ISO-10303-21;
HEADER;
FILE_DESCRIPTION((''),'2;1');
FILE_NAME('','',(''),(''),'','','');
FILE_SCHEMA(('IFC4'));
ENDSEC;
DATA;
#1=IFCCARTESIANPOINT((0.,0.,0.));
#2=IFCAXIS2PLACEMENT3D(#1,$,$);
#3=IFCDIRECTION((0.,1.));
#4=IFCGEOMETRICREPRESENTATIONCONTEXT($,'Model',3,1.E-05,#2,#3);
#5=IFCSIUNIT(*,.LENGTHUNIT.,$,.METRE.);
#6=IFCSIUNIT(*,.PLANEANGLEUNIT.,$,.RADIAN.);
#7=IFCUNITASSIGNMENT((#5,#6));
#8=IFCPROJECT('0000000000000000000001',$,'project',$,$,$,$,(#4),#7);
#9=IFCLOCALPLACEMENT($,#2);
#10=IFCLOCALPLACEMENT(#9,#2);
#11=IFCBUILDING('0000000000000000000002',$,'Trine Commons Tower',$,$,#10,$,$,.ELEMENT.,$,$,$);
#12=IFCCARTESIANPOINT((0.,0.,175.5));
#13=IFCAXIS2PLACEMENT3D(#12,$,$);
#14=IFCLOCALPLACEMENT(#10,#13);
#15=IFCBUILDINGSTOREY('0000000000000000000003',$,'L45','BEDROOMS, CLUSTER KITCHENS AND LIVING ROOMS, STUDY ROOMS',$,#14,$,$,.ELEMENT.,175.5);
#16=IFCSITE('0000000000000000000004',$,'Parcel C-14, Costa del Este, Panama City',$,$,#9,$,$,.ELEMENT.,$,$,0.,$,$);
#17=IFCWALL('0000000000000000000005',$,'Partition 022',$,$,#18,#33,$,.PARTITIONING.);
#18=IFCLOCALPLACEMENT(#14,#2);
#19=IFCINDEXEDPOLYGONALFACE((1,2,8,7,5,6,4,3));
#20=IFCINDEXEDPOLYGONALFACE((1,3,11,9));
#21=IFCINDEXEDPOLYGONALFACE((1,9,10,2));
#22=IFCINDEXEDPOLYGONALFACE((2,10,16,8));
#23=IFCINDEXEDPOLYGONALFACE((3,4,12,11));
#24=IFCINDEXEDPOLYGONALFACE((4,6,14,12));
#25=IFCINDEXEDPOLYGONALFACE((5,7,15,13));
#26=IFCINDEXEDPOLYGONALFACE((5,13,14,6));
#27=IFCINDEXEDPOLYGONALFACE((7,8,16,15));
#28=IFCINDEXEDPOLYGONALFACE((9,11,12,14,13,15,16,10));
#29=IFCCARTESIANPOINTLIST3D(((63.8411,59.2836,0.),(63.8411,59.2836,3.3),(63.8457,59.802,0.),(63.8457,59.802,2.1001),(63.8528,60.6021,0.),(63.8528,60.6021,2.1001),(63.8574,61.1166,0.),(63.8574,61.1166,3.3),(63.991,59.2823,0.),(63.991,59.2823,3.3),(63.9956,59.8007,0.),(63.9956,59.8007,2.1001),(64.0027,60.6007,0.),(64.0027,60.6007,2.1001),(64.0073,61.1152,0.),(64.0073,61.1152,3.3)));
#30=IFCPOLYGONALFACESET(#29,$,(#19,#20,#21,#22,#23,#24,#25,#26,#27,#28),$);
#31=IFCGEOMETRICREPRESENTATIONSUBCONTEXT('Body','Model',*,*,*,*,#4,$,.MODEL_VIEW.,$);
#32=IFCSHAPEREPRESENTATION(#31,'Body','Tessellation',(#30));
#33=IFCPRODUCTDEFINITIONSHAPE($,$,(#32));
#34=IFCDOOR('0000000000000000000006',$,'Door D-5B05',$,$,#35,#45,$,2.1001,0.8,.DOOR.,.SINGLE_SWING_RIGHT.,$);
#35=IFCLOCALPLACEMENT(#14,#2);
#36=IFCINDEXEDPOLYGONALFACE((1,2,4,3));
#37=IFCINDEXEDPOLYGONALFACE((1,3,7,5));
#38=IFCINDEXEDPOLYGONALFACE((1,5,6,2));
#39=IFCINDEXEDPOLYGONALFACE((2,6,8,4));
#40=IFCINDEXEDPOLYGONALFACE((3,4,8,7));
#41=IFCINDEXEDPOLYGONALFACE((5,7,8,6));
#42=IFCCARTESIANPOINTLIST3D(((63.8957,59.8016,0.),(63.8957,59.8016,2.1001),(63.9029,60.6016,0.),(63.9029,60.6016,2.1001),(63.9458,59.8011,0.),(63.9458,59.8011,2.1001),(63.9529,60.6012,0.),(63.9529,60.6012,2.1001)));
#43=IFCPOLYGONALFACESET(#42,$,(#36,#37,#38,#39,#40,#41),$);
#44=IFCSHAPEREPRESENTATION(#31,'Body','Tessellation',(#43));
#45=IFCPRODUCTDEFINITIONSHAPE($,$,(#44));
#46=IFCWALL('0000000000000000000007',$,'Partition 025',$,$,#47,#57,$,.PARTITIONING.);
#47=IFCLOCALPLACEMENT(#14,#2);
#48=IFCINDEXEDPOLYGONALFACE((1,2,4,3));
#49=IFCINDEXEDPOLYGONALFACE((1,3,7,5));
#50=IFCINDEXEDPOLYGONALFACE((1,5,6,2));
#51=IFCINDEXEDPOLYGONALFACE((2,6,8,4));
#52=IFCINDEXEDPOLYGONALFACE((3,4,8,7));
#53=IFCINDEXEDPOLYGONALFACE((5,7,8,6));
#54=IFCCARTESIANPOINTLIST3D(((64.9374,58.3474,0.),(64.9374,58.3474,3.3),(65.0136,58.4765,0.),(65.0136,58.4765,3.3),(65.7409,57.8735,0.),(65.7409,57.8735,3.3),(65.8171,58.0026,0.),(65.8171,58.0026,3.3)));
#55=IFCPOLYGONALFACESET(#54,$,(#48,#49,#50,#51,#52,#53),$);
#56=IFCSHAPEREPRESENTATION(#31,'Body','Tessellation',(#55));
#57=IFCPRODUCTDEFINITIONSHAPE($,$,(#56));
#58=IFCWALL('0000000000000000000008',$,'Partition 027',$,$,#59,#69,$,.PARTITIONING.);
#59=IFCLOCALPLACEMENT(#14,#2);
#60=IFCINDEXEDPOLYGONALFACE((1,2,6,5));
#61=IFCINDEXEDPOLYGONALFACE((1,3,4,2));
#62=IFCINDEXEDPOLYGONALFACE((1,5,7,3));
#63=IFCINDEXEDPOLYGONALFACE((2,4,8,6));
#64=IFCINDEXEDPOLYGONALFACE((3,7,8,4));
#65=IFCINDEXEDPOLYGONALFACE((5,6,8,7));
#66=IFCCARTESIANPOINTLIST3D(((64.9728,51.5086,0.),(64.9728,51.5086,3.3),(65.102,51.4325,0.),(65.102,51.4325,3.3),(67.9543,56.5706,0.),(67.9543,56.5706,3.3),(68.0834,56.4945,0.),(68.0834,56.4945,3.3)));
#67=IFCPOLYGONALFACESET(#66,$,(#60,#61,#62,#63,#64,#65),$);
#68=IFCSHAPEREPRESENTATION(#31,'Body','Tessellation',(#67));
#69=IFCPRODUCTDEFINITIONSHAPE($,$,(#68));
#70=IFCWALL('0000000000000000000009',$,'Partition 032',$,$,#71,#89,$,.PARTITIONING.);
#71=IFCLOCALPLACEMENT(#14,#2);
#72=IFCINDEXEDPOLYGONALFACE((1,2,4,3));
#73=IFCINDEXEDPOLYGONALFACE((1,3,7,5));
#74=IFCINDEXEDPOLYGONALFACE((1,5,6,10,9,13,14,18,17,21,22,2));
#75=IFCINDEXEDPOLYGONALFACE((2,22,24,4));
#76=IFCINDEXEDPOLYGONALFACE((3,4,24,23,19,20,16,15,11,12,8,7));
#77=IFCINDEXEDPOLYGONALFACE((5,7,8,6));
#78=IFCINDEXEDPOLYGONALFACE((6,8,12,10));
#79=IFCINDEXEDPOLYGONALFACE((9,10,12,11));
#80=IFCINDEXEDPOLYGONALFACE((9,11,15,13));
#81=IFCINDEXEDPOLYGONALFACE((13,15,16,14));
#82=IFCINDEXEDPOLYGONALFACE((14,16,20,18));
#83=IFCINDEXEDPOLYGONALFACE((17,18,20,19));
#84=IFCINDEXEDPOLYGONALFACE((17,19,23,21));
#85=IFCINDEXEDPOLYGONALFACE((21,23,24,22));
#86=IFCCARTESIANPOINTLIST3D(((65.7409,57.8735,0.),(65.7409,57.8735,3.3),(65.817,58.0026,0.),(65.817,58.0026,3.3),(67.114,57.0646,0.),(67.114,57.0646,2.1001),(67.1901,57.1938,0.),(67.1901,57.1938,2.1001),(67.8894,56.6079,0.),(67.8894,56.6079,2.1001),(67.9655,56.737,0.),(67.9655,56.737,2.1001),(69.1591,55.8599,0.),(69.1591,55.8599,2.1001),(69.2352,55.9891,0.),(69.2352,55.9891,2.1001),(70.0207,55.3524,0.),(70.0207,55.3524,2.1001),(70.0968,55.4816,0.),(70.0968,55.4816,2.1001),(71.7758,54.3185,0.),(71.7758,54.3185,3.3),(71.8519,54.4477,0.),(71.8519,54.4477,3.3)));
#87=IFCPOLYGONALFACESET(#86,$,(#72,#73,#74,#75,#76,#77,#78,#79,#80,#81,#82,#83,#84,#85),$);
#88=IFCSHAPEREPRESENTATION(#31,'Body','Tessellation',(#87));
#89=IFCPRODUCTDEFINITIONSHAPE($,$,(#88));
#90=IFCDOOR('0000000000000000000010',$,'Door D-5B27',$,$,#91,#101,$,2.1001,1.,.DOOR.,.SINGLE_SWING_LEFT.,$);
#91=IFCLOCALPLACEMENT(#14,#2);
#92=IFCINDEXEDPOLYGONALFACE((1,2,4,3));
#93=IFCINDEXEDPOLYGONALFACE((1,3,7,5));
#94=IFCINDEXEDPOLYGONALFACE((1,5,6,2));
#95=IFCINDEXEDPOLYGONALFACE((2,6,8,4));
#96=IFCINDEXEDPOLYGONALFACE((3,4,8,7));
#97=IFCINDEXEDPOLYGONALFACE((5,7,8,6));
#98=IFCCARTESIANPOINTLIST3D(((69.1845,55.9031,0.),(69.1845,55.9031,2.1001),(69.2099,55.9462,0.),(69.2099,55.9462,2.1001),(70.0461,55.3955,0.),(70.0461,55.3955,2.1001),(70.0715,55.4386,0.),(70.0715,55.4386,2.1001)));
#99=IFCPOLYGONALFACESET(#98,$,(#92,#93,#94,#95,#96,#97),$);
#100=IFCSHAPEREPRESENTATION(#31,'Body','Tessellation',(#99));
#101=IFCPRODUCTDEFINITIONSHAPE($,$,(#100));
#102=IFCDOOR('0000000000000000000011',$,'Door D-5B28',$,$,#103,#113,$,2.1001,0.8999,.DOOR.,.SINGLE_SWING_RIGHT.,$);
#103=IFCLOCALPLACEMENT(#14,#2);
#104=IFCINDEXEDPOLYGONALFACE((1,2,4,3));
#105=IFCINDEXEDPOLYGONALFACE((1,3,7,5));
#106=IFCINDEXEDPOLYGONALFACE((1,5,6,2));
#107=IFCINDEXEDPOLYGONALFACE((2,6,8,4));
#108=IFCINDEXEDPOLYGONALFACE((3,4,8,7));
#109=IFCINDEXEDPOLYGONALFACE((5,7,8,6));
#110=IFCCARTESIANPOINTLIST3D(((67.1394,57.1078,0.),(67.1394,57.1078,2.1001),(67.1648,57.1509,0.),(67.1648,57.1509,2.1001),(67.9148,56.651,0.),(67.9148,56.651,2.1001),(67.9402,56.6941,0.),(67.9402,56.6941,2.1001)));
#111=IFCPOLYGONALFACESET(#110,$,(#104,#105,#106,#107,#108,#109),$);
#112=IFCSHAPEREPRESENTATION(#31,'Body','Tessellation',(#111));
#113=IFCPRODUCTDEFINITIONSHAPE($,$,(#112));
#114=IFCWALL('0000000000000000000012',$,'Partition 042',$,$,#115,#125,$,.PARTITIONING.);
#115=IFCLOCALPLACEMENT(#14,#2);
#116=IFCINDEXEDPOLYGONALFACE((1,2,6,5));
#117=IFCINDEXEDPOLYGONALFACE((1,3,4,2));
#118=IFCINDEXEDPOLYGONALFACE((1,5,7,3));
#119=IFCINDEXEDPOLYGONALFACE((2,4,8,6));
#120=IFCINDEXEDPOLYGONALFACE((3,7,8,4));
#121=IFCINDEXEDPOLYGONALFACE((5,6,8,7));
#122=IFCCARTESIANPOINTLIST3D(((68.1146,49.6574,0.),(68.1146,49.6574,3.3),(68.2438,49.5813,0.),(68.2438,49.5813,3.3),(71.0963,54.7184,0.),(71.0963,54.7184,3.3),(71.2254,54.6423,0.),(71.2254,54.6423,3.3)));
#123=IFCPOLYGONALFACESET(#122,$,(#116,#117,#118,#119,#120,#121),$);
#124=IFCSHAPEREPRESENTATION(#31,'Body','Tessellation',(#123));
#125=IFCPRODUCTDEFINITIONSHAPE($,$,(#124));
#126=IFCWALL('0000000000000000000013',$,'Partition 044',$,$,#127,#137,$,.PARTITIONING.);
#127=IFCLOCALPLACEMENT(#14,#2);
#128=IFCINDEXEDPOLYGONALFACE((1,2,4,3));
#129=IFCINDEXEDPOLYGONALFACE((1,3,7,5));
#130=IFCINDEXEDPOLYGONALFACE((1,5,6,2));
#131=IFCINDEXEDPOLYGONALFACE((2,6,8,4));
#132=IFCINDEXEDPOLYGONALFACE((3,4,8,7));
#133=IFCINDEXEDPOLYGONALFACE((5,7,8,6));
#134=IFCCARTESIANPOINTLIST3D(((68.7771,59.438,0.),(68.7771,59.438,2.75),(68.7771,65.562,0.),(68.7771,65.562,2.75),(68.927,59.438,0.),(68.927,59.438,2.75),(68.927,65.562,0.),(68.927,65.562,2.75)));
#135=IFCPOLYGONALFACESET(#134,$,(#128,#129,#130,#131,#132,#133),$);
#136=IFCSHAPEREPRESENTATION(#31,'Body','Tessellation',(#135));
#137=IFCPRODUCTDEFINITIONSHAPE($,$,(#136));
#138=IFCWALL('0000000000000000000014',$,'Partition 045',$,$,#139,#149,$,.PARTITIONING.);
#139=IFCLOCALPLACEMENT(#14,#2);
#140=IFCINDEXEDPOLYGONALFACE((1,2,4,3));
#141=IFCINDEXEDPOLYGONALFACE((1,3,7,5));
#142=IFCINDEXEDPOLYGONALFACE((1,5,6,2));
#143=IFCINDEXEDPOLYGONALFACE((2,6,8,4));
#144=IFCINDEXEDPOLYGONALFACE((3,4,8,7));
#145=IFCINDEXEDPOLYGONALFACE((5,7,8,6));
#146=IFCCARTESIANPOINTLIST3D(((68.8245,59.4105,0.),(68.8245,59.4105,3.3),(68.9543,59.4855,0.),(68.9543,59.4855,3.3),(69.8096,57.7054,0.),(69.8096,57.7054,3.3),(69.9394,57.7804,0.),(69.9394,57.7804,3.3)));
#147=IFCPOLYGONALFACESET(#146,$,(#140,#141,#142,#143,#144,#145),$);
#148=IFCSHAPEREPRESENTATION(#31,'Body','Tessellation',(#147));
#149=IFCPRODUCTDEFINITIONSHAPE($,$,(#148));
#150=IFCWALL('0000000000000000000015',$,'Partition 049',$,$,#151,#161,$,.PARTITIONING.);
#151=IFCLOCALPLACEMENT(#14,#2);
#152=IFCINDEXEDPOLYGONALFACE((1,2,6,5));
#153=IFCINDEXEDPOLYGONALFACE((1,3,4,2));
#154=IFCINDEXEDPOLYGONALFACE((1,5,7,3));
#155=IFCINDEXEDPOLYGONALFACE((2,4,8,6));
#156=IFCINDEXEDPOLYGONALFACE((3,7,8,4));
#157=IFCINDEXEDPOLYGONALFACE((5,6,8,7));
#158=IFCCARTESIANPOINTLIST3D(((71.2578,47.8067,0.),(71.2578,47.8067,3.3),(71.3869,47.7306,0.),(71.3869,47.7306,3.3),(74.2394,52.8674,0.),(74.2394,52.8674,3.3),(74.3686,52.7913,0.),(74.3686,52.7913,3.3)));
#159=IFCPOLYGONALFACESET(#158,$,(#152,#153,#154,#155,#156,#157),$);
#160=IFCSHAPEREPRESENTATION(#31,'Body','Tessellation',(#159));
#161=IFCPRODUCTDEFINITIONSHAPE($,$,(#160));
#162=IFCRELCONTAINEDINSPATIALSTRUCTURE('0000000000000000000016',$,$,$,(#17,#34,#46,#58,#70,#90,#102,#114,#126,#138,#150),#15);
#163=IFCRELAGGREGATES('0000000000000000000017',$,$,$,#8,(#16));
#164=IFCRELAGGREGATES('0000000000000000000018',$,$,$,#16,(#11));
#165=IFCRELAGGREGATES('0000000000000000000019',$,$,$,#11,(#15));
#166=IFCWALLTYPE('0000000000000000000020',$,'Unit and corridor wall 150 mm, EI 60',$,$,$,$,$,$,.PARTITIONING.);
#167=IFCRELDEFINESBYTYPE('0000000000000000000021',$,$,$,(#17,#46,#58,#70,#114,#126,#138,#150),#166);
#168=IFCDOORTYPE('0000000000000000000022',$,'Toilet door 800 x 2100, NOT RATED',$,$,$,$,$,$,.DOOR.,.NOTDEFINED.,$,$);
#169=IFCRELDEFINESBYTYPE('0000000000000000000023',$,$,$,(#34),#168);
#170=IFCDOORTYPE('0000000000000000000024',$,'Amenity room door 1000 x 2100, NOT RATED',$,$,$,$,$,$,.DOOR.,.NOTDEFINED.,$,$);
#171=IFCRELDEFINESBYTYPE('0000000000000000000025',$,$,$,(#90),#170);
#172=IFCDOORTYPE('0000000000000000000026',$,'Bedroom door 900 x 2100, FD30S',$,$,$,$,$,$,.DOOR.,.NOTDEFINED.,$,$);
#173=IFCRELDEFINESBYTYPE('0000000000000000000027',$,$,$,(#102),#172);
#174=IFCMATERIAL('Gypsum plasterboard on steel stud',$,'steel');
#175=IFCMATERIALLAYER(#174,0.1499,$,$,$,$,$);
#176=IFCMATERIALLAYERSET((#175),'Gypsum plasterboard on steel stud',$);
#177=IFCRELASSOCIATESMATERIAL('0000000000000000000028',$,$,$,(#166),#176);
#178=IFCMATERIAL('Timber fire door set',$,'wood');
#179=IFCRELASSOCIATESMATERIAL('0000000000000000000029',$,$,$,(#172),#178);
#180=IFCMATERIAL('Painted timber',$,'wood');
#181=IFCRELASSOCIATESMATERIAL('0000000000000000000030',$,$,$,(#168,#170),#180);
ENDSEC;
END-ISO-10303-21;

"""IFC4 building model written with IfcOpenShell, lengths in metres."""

from ifc_helpers import new_model, si_unit, direction, frame, frame_2d, origin, place, context, subcontext, project, spatial, rectangle, extrude, material, layer, layer_set, type_object, element, fill, save


model = new_model("IFC4")

# Units and contexts
model_context = context("Model", 3, precision=1e-05, world=origin(), true_north=direction((0.0, 1.0)))
body_context = subcontext(model_context, "Body", "Model", "MODEL_VIEW")
ifc_project = project(units=[si_unit("LENGTHUNIT", "METRE"), si_unit("PLANEANGLEUNIT", "RADIAN")], contexts=[model_context])

# Site, building, storey
site_placement = place(None, origin())
site = spatial("IfcSite", under=ifc_project, at=site_placement, Name="Parcel C-14, Costa del Este, Panama City", CompositionType="ELEMENT", RefElevation=0.0)
building_placement = place(site_placement, origin())
building = spatial("IfcBuilding", under=site, at=building_placement, Name="Trine Commons Tower", CompositionType="ELEMENT")
storey_placement = place(building_placement, frame((0.0, 0.0, 175.5)))
storey = spatial("IfcBuildingStorey", under=building, at=storey_placement, Name="L45", Description="BEDROOMS, CLUSTER KITCHENS AND LIVING ROOMS, STUDY ROOMS", CompositionType="ELEMENT", Elevation=175.5)

# Shared definitions
ifc_material_1 = material(Name="Gypsum plasterboard on steel stud", Category="steel")
ifc_layer_1 = layer(ifc_material_1, 0.1499)
ifc_layer_set_1 = layer_set([ifc_layer_1], Name="Gypsum plasterboard on steel stud")
wall_type_1 = type_object("IfcWallType", Name="Unit and corridor wall 150 mm, EI 60", PredefinedType="PARTITIONING", material=ifc_layer_set_1)
ifc_material_2 = material(Name="Timber fire door set", Category="wood")
door_type_1 = type_object("IfcDoorType", Name="Bedroom door 900 x 2100, FD30S", OperationType="NOTDEFINED", PredefinedType="DOOR", material=ifc_material_2)

# Wall, opening, door
wall_1_placement = place(storey_placement, frame((63.916, 59.283, 0.0), z_axis=(0.0, 0.0, 1.0), x_axis=(0.008923, 0.99996, 0.0)))
wall_1 = element("IfcWall", 1, at=wall_1_placement, inside=storey, type_object=wall_type_1, Name="Partition 022", PredefinedType="PARTITIONING", context=body_context, shape_type="SweptSolid", body=[
    extrude(rectangle(XDim=1.833, YDim=0.1499, at=frame_2d((0.9165, 0.0))), origin(), (0.0, 0.0, 1.0), 3.3),
])
opening_1_placement = place(wall_1_placement, frame((0.5186, 0.0, 0.0)))
opening_1 = element("IfcOpeningElement", 2, at=opening_1_placement, cuts=wall_1, PredefinedType="OPENING", context=body_context, shape_type="SweptSolid", body=[
    extrude(rectangle(XDim=0.8, YDim=2.1001, at=frame_2d((0.3999, 1.05))), frame((0.0, 0.085, 0.0), z_axis=(0.0, -1.0, 0.0), x_axis=(1.0, 0.0, 0.0)), (0.0, 0.0, 1.0), 0.1699),
])
ifc_material_3 = material(Name="Painted timber", Category="wood")
door_type_2 = type_object("IfcDoorType", Name="Toilet door 800 x 2100, NOT RATED", OperationType="NOTDEFINED", PredefinedType="DOOR", material=ifc_material_3)
door_1_placement = place(opening_1_placement, origin())
door_1 = element("IfcDoor", 3, at=door_1_placement, inside=storey, type_object=door_type_2, Name="Door D-5B05", OperationType="SINGLE_SWING_RIGHT", OverallHeight=2.1001, OverallWidth=0.8, PredefinedType="DOOR", context=body_context, shape_type="SweptSolid", body=[
    extrude(rectangle(XDim=0.8, YDim=2.1001, at=frame_2d((0.3999, 1.05))), frame((0.0, 0.0249, 0.0), z_axis=(0.0, -1.0, 0.0), x_axis=(1.0, 0.0, 0.0)), (0.0, 0.0, 1.0), 0.05),
])
fill(opening_1, door_1)

# Walls
wall_2_placement = place(storey_placement, frame((64.9756, 58.4119, 0.0), z_axis=(0.0, 0.0, 1.0), x_axis=(0.861348, -0.508015, 0.0)))
element("IfcWall", 4, at=wall_2_placement, inside=storey, type_object=wall_type_1, Name="Partition 025", PredefinedType="PARTITIONING", context=body_context, shape_type="SweptSolid", body=[
    extrude(rectangle(XDim=0.9329, YDim=0.1499, at=frame_2d((0.4663, 0.0))), origin(), (0.0, 0.0, 1.0), 3.3),
])
wall_3_placement = place(storey_placement, frame((65.0374, 51.4705, 0.0), z_axis=(0.0, 0.0, 1.0), x_axis=(0.5075, 0.861652, 0.0)))
element("IfcWall", 5, at=wall_3_placement, inside=storey, type_object=wall_type_1, Name="Partition 027", PredefinedType="PARTITIONING", context=body_context, shape_type="SweptSolid", body=[
    extrude(rectangle(XDim=5.8748, YDim=0.1499, at=frame_2d((2.9375, 0.0))), origin(), (0.0, 0.0, 1.0), 3.3),
])

# Wall, openings, doors
wall_4_placement = place(storey_placement, frame((65.7791, 57.938, 0.0), z_axis=(0.0, 0.0, 1.0), x_axis=(0.861623, -0.507549, 0.0)))
wall_4 = element("IfcWall", 6, at=wall_4_placement, inside=storey, type_object=wall_type_1, Name="Partition 032", PredefinedType="PARTITIONING", context=body_context, shape_type="SweptSolid", body=[
    extrude(rectangle(XDim=7.0042, YDim=0.1499, at=frame_2d((3.502, 0.0))), origin(), (0.0, 0.0, 1.0), 3.3),
])
opening_2_placement = place(wall_4_placement, frame((3.967, 0.0, 0.0)))
opening_2 = element("IfcOpeningElement", 7, at=opening_2_placement, cuts=wall_4, PredefinedType="OPENING", context=body_context, shape_type="SweptSolid", body=[
    extrude(rectangle(XDim=1.0, YDim=2.1001, at=frame_2d((0.5, 1.05))), frame((0.0, 0.085, 0.0), z_axis=(0.0, -1.0, 0.0), x_axis=(1.0, 0.0, 0.0)), (0.0, 0.0, 1.0), 0.1699),
])
opening_3_placement = place(wall_4_placement, frame((1.5935, 0.0, 0.0)))
opening_3 = element("IfcOpeningElement", 8, at=opening_3_placement, cuts=wall_4, PredefinedType="OPENING", context=body_context, shape_type="SweptSolid", body=[
    extrude(rectangle(XDim=0.8999, YDim=2.1001, at=frame_2d((0.45, 1.05))), frame((0.0, 0.085, 0.0), z_axis=(0.0, -1.0, 0.0), x_axis=(1.0, 0.0, 0.0)), (0.0, 0.0, 1.0), 0.1699),
])
door_type_3 = type_object("IfcDoorType", Name="Amenity room door 1000 x 2100, NOT RATED", OperationType="NOTDEFINED", PredefinedType="DOOR", material=ifc_material_3)
door_2_placement = place(opening_2_placement, frame((1.0, 0.0, 0.0), z_axis=(0.0, 0.0, 1.0), x_axis=(-1.0, 0.0, 0.0)))
door_2 = element("IfcDoor", 9, at=door_2_placement, inside=storey, type_object=door_type_3, Name="Door D-5B27", OperationType="SINGLE_SWING_LEFT", OverallHeight=2.1001, OverallWidth=1.0, PredefinedType="DOOR", context=body_context, shape_type="SweptSolid", body=[
    extrude(rectangle(XDim=1.0, YDim=2.1001, at=frame_2d((0.5, 1.05))), frame((0.0, 0.0249, 0.0), z_axis=(0.0, -1.0, 0.0), x_axis=(1.0, 0.0, 0.0)), (0.0, 0.0, 1.0), 0.05),
])
fill(opening_2, door_2)
door_3_placement = place(opening_3_placement, frame((0.8999, 0.0, 0.0), z_axis=(0.0, 0.0, 1.0), x_axis=(-1.0, 0.0, 0.0)))
door_3 = element("IfcDoor", 10, at=door_3_placement, inside=storey, type_object=door_type_1, Name="Door D-5B28", OperationType="SINGLE_SWING_RIGHT", OverallHeight=2.1001, OverallWidth=0.8999, PredefinedType="DOOR", context=body_context, shape_type="SweptSolid", body=[
    extrude(rectangle(XDim=0.8999, YDim=2.1001, at=frame_2d((0.45, 1.05))), frame((0.0, 0.0249, 0.0), z_axis=(0.0, -1.0, 0.0), x_axis=(1.0, 0.0, 0.0)), (0.0, 0.0, 1.0), 0.05),
])
fill(opening_3, door_3)

# Walls
wall_5_placement = place(storey_placement, frame((68.1792, 49.6194, 0.0), z_axis=(0.0, 0.0, 1.0), x_axis=(0.507603, 0.861591, 0.0)))
element("IfcWall", 11, at=wall_5_placement, inside=storey, type_object=wall_type_1, Name="Partition 042", PredefinedType="PARTITIONING", context=body_context, shape_type="SweptSolid", body=[
    extrude(rectangle(XDim=5.874, YDim=0.1499, at=frame_2d((2.937, 0.0))), origin(), (0.0, 0.0, 1.0), 3.3),
])
wall_6_placement = place(storey_placement, frame((68.8521, 59.438, 0.0), z_axis=(0.0, 0.0, 1.0), x_axis=(0.0, 1.0, 0.0)))
element("IfcWall", 12, at=wall_6_placement, inside=storey, type_object=wall_type_1, Name="Partition 044", PredefinedType="PARTITIONING", context=body_context, shape_type="SweptSolid", body=[
    extrude(rectangle(XDim=6.124, YDim=0.1499, at=frame_2d((3.062, 0.0))), origin(), (0.0, 0.0, 1.0), 2.75),
])
wall_7_placement = place(storey_placement, frame((68.8894, 59.448, 0.0), z_axis=(0.0, 0.0, 1.0), x_axis=(0.500259, -0.865876, 0.0)))
element("IfcWall", 13, at=wall_7_placement, inside=storey, type_object=wall_type_1, Name="Partition 045", PredefinedType="PARTITIONING", context=body_context, shape_type="SweptSolid", body=[
    extrude(rectangle(XDim=1.9692, YDim=0.1499, at=frame_2d((0.9846, 0.0))), origin(), (0.0, 0.0, 1.0), 3.3),
])
wall_8_placement = place(storey_placement, frame((71.3223, 47.7686, 0.0), z_axis=(0.0, 0.0, 1.0), x_axis=(0.507621, 0.86158, 0.0)))
element("IfcWall", 14, at=wall_8_placement, inside=storey, type_object=wall_type_1, Name="Partition 049", PredefinedType="PARTITIONING", context=body_context, shape_type="SweptSolid", body=[
    extrude(rectangle(XDim=5.8738, YDim=0.1499, at=frame_2d((2.937, 0.0))), origin(), (0.0, 0.0, 1.0), 3.3),
])

save(model, "model.ifc")
